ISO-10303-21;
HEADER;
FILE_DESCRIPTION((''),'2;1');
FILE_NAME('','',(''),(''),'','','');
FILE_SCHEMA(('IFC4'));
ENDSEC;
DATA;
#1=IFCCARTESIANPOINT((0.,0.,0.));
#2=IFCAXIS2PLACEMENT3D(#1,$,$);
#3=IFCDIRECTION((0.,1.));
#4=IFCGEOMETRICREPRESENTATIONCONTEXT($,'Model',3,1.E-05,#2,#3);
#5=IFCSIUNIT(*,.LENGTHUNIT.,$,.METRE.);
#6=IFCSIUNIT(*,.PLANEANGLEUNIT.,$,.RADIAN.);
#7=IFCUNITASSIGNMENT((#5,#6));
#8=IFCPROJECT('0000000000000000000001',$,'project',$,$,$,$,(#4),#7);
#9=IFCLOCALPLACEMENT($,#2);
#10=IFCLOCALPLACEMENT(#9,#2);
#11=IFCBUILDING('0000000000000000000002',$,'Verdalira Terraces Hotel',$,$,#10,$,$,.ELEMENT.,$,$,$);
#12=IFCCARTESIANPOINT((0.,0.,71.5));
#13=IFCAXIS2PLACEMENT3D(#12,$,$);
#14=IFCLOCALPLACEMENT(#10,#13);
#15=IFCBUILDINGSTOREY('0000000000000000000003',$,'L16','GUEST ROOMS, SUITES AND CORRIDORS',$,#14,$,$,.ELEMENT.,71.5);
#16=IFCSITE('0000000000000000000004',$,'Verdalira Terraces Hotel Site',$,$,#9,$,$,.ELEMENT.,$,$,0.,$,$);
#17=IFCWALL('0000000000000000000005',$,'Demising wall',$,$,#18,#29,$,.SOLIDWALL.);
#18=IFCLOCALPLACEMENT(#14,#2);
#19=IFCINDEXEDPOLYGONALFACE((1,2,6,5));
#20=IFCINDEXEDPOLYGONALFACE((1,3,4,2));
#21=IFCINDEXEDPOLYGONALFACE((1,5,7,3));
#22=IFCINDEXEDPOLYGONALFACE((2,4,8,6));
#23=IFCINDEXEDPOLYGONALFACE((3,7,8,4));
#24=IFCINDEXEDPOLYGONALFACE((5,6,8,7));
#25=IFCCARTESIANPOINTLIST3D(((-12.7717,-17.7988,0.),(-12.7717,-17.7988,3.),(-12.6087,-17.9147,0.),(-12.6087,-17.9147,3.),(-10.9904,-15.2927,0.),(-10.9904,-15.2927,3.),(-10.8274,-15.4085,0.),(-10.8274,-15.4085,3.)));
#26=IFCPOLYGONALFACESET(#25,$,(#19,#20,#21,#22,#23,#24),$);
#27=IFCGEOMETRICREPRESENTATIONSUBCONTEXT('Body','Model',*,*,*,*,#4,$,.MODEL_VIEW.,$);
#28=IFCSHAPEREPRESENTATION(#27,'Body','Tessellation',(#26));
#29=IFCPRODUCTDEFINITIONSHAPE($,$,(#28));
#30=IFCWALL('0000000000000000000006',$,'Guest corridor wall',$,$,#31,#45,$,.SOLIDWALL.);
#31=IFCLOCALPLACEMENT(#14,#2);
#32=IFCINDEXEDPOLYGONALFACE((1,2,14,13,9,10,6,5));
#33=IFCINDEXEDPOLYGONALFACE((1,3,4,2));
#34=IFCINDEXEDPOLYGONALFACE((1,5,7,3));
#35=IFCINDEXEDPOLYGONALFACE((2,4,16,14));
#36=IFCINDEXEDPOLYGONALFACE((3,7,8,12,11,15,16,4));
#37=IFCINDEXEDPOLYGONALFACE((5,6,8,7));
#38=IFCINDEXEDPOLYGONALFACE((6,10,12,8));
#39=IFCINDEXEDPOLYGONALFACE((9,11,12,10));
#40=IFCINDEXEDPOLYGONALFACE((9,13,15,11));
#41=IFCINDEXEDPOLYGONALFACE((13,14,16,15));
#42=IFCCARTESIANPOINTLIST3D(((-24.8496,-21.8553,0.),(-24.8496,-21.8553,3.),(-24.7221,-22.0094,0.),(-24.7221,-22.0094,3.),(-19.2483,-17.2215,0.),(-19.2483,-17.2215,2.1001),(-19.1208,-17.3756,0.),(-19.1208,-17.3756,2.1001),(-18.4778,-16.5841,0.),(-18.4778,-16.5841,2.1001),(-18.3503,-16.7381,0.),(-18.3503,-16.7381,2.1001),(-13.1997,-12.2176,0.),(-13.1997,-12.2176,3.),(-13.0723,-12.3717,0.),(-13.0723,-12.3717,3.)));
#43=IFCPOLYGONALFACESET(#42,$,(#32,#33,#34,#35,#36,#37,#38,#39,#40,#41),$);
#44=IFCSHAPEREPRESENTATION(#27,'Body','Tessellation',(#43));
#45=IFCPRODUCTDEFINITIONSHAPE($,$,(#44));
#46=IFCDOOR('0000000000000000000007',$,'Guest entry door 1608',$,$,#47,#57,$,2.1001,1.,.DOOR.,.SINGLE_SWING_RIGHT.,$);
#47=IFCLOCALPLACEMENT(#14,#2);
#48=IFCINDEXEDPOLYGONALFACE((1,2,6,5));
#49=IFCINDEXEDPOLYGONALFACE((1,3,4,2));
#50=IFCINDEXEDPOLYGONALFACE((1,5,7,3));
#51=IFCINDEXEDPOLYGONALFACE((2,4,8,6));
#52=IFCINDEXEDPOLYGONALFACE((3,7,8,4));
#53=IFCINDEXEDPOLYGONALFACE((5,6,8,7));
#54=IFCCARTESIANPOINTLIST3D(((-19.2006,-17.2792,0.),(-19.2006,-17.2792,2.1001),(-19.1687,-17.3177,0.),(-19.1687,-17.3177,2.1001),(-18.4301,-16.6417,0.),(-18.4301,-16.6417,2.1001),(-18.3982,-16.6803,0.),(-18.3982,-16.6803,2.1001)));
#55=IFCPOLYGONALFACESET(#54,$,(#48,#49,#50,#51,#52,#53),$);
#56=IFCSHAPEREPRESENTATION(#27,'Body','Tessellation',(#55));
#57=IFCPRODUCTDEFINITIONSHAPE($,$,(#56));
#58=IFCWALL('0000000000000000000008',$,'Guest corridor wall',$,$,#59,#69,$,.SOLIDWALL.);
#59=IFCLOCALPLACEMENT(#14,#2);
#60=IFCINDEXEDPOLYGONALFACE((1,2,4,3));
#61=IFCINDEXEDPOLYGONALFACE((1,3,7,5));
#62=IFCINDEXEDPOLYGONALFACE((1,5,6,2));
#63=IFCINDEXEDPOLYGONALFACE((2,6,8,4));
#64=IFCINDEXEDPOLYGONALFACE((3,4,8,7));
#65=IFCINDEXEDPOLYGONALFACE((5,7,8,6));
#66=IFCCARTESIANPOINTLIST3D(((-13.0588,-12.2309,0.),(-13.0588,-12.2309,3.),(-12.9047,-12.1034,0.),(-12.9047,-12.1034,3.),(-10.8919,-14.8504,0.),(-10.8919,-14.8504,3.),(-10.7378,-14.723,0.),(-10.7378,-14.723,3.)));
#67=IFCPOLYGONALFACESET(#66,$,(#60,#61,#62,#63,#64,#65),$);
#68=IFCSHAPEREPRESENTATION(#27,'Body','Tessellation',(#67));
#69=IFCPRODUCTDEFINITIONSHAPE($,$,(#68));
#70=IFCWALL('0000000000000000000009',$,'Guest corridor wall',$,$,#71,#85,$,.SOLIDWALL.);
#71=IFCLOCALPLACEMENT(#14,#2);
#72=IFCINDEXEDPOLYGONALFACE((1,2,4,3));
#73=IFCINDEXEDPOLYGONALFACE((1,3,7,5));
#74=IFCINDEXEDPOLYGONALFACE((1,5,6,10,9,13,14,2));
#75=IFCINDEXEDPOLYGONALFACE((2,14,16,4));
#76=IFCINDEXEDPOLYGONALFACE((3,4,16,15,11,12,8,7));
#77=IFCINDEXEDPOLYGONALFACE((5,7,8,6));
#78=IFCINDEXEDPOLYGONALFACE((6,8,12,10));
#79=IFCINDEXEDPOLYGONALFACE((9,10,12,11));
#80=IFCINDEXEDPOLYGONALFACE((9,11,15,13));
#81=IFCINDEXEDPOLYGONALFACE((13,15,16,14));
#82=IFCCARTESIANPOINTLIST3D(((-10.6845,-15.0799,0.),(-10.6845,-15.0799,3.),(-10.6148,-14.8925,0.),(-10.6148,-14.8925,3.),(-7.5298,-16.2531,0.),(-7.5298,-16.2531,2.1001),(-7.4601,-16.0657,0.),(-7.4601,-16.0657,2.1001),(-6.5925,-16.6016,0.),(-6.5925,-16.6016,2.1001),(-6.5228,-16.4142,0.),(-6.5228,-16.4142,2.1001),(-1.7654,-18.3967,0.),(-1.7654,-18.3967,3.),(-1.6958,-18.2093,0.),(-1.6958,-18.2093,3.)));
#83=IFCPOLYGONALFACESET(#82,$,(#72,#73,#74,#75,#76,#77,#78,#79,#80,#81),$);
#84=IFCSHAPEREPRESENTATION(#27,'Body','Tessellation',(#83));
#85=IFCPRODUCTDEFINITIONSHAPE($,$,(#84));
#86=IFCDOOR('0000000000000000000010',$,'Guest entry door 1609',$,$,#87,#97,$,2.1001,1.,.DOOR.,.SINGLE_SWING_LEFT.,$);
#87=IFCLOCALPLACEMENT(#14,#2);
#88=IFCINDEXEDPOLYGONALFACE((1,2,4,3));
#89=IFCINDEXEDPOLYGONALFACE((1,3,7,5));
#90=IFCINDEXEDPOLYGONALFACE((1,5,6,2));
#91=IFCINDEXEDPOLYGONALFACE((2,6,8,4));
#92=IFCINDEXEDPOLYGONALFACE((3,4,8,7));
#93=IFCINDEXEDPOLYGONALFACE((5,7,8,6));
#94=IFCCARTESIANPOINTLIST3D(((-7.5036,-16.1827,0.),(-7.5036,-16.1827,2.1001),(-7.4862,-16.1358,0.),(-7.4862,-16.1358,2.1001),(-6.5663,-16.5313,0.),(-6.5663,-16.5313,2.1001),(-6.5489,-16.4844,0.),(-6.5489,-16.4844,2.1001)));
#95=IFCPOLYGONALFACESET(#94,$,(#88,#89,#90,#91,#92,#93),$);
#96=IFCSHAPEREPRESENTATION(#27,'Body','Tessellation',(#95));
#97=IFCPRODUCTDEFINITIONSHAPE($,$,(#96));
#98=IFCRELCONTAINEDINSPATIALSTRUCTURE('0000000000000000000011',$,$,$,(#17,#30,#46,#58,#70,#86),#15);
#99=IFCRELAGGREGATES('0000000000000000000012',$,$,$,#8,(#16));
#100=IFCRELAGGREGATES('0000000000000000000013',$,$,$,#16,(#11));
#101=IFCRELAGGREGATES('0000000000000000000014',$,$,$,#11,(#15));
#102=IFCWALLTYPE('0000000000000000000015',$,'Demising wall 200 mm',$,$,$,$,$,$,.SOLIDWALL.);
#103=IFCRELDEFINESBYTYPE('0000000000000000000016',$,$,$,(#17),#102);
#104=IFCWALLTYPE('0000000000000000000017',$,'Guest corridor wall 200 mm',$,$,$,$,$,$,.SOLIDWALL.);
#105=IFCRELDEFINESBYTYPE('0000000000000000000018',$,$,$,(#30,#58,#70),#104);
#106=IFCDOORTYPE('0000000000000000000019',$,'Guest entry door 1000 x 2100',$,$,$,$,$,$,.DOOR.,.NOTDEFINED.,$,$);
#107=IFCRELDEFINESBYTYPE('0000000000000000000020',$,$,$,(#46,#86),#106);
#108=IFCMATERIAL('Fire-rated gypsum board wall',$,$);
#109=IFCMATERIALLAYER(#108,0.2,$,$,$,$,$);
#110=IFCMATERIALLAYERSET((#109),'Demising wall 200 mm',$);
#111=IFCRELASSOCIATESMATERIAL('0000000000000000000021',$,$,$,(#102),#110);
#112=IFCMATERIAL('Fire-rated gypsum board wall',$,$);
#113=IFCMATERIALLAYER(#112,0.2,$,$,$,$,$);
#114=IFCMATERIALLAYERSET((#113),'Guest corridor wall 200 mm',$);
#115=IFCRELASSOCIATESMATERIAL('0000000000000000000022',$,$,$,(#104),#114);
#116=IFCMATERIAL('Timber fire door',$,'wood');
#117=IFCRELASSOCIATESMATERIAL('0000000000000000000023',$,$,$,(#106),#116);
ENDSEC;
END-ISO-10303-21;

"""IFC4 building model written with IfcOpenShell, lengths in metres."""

from ifc_helpers import new_model, si_unit, direction, frame, frame_2d, origin, place, context, subcontext, project, spatial, rectangle, extrude, material, layer, layer_set, type_object, element, fill, save


model = new_model("IFC4")

# Units and contexts
model_context = context("Model", 3, precision=1e-05, world=origin(), true_north=direction((0.0, 1.0)))
body_context = subcontext(model_context, "Body", "Model", "MODEL_VIEW")
ifc_project = project(units=[si_unit("LENGTHUNIT", "METRE"), si_unit("PLANEANGLEUNIT", "RADIAN")], contexts=[model_context])

# Site, building, storey
site_placement = place(None, origin())
site = spatial("IfcSite", under=ifc_project, at=site_placement, Name="Verdalira Terraces Hotel Site", CompositionType="ELEMENT", RefElevation=0.0)
building_placement = place(site_placement, origin())
building = spatial("IfcBuilding", under=site, at=building_placement, Name="Verdalira Terraces Hotel", CompositionType="ELEMENT")
storey_placement = place(building_placement, frame((0.0, 0.0, 71.5)))
storey = spatial("IfcBuildingStorey", under=building, at=storey_placement, Name="L16", Description="GUEST ROOMS, SUITES AND CORRIDORS", CompositionType="ELEMENT", Elevation=71.5)

# Wall
ifc_material_1 = material(Name="Fire-rated gypsum board wall")
ifc_layer_1 = layer(ifc_material_1, 0.2)
ifc_layer_set_1 = layer_set([ifc_layer_1], Name="Demising wall 200 mm")
wall_type_1 = type_object("IfcWallType", Name="Demising wall 200 mm", PredefinedType="SOLIDWALL", material=ifc_layer_set_1)
wall_1_placement = place(storey_placement, frame((-10.9089, -15.3506, 0.0), z_axis=(0.0, 0.0, 1.0), x_axis=(-0.579336, -0.815089, 0.0)))
element("IfcWall", 1, at=wall_1_placement, inside=storey, type_object=wall_type_1, Name="Demising wall", PredefinedType="SOLIDWALL", context=body_context, shape_type="SweptSolid", body=[
    extrude(rectangle(XDim=3.0747, YDim=0.2, at=frame_2d((1.5374, 0.0))), origin(), (0.0, 0.0, 1.0), 3.0),
])

# Wall, opening, door
ifc_material_2 = material(Name="Fire-rated gypsum board wall")
ifc_layer_2 = layer(ifc_material_2, 0.2)
ifc_layer_set_2 = layer_set([ifc_layer_2], Name="Guest corridor wall 200 mm")
wall_type_2 = type_object("IfcWallType", Name="Guest corridor wall 200 mm", PredefinedType="SOLIDWALL", material=ifc_layer_set_2)
wall_2_placement = place(storey_placement, frame((-13.136, -12.2947, 0.0), z_axis=(0.0, 0.0, 1.0), x_axis=(-0.770511, -0.637426, 0.0)))
wall_2 = element("IfcWall", 2, at=wall_2_placement, inside=storey, type_object=wall_type_2, Name="Guest corridor wall", PredefinedType="SOLIDWALL", context=body_context, shape_type="SweptSolid", body=[
    extrude(rectangle(XDim=15.1196, YDim=0.2, at=frame_2d((7.5598, 0.0))), origin(), (0.0, 0.0, 1.0), 3.0),
])
opening_1_placement = place(wall_2_placement, frame((6.8501, 0.0, 0.0)))
opening_1 = element("IfcOpeningElement", 3, at=opening_1_placement, cuts=wall_2, PredefinedType="OPENING", context=body_context, shape_type="SweptSolid", body=[
    extrude(rectangle(XDim=1.0, YDim=2.1001, at=frame_2d((0.5, 1.05))), frame((0.0, 0.1099, 0.0), z_axis=(0.0, -1.0, 0.0), x_axis=(1.0, 0.0, 0.0)), (0.0, 0.0, 1.0), 0.22),
])
ifc_material_3 = material(Name="Timber fire door", Category="wood")
door_type_1 = type_object("IfcDoorType", Name="Guest entry door 1000 x 2100", OperationType="NOTDEFINED", PredefinedType="DOOR", material=ifc_material_3)
door_1_placement = place(opening_1_placement, origin())
door_1 = element("IfcDoor", 4, at=door_1_placement, inside=storey, type_object=door_type_1, Name="Guest entry door 1608", OperationType="SINGLE_SWING_RIGHT", OverallHeight=2.1001, OverallWidth=1.0, PredefinedType="DOOR", context=body_context, shape_type="SweptSolid", body=[
    extrude(rectangle(XDim=1.0, YDim=2.1001, at=frame_2d((0.5, 1.05))), frame((0.0, 0.0249, 0.0), z_axis=(0.0, -1.0, 0.0), x_axis=(1.0, 0.0, 0.0)), (0.0, 0.0, 1.0), 0.05),
])
fill(opening_1, door_1)

# Wall
wall_3_placement = place(storey_placement, frame((-12.9817, -12.1672, 0.0), z_axis=(0.0, 0.0, 1.0), x_axis=(0.637397, -0.770535, 0.0)))
element("IfcWall", 5, at=wall_3_placement, inside=storey, type_object=wall_type_2, Name="Guest corridor wall", PredefinedType="SOLIDWALL", context=body_context, shape_type="SweptSolid", body=[
    extrude(rectangle(XDim=3.3997, YDim=0.2, at=frame_2d((1.6997, 0.0))), origin(), (0.0, 0.0, 1.0), 3.0),
])

# Wall, opening, door
wall_4_placement = place(storey_placement, frame((-1.7307, -18.303, 0.0), z_axis=(0.0, 0.0, 1.0), x_axis=(-0.937286, 0.348561, 0.0)))
wall_4 = element("IfcWall", 6, at=wall_4_placement, inside=storey, type_object=wall_type_2, Name="Guest corridor wall", PredefinedType="SOLIDWALL", context=body_context, shape_type="SweptSolid", body=[
    extrude(rectangle(XDim=9.5159, YDim=0.2, at=frame_2d((4.7578, 0.0))), origin(), (0.0, 0.0, 1.0), 3.0),
])
opening_2_placement = place(wall_4_placement, frame((5.1499, 0.0, 0.0)))
opening_2 = element("IfcOpeningElement", 7, at=opening_2_placement, cuts=wall_4, PredefinedType="OPENING", context=body_context, shape_type="SweptSolid", body=[
    extrude(rectangle(XDim=1.0, YDim=2.1001, at=frame_2d((0.5, 1.05))), frame((0.0, 0.1099, 0.0), z_axis=(0.0, -1.0, 0.0), x_axis=(1.0, 0.0, 0.0)), (0.0, 0.0, 1.0), 0.22),
])
door_2_placement = place(opening_2_placement, origin())
door_2 = element("IfcDoor", 8, at=door_2_placement, inside=storey, type_object=door_type_1, Name="Guest entry door 1609", OperationType="SINGLE_SWING_LEFT", OverallHeight=2.1001, OverallWidth=1.0, PredefinedType="DOOR", context=body_context, shape_type="SweptSolid", body=[
    extrude(rectangle(XDim=1.0, YDim=2.1001, at=frame_2d((0.5, 1.05))), frame((0.0, 0.0249, 0.0), z_axis=(0.0, -1.0, 0.0), x_axis=(1.0, 0.0, 0.0)), (0.0, 0.0, 1.0), 0.05),
])
fill(opening_2, door_2)

save(model, "model.ifc")
